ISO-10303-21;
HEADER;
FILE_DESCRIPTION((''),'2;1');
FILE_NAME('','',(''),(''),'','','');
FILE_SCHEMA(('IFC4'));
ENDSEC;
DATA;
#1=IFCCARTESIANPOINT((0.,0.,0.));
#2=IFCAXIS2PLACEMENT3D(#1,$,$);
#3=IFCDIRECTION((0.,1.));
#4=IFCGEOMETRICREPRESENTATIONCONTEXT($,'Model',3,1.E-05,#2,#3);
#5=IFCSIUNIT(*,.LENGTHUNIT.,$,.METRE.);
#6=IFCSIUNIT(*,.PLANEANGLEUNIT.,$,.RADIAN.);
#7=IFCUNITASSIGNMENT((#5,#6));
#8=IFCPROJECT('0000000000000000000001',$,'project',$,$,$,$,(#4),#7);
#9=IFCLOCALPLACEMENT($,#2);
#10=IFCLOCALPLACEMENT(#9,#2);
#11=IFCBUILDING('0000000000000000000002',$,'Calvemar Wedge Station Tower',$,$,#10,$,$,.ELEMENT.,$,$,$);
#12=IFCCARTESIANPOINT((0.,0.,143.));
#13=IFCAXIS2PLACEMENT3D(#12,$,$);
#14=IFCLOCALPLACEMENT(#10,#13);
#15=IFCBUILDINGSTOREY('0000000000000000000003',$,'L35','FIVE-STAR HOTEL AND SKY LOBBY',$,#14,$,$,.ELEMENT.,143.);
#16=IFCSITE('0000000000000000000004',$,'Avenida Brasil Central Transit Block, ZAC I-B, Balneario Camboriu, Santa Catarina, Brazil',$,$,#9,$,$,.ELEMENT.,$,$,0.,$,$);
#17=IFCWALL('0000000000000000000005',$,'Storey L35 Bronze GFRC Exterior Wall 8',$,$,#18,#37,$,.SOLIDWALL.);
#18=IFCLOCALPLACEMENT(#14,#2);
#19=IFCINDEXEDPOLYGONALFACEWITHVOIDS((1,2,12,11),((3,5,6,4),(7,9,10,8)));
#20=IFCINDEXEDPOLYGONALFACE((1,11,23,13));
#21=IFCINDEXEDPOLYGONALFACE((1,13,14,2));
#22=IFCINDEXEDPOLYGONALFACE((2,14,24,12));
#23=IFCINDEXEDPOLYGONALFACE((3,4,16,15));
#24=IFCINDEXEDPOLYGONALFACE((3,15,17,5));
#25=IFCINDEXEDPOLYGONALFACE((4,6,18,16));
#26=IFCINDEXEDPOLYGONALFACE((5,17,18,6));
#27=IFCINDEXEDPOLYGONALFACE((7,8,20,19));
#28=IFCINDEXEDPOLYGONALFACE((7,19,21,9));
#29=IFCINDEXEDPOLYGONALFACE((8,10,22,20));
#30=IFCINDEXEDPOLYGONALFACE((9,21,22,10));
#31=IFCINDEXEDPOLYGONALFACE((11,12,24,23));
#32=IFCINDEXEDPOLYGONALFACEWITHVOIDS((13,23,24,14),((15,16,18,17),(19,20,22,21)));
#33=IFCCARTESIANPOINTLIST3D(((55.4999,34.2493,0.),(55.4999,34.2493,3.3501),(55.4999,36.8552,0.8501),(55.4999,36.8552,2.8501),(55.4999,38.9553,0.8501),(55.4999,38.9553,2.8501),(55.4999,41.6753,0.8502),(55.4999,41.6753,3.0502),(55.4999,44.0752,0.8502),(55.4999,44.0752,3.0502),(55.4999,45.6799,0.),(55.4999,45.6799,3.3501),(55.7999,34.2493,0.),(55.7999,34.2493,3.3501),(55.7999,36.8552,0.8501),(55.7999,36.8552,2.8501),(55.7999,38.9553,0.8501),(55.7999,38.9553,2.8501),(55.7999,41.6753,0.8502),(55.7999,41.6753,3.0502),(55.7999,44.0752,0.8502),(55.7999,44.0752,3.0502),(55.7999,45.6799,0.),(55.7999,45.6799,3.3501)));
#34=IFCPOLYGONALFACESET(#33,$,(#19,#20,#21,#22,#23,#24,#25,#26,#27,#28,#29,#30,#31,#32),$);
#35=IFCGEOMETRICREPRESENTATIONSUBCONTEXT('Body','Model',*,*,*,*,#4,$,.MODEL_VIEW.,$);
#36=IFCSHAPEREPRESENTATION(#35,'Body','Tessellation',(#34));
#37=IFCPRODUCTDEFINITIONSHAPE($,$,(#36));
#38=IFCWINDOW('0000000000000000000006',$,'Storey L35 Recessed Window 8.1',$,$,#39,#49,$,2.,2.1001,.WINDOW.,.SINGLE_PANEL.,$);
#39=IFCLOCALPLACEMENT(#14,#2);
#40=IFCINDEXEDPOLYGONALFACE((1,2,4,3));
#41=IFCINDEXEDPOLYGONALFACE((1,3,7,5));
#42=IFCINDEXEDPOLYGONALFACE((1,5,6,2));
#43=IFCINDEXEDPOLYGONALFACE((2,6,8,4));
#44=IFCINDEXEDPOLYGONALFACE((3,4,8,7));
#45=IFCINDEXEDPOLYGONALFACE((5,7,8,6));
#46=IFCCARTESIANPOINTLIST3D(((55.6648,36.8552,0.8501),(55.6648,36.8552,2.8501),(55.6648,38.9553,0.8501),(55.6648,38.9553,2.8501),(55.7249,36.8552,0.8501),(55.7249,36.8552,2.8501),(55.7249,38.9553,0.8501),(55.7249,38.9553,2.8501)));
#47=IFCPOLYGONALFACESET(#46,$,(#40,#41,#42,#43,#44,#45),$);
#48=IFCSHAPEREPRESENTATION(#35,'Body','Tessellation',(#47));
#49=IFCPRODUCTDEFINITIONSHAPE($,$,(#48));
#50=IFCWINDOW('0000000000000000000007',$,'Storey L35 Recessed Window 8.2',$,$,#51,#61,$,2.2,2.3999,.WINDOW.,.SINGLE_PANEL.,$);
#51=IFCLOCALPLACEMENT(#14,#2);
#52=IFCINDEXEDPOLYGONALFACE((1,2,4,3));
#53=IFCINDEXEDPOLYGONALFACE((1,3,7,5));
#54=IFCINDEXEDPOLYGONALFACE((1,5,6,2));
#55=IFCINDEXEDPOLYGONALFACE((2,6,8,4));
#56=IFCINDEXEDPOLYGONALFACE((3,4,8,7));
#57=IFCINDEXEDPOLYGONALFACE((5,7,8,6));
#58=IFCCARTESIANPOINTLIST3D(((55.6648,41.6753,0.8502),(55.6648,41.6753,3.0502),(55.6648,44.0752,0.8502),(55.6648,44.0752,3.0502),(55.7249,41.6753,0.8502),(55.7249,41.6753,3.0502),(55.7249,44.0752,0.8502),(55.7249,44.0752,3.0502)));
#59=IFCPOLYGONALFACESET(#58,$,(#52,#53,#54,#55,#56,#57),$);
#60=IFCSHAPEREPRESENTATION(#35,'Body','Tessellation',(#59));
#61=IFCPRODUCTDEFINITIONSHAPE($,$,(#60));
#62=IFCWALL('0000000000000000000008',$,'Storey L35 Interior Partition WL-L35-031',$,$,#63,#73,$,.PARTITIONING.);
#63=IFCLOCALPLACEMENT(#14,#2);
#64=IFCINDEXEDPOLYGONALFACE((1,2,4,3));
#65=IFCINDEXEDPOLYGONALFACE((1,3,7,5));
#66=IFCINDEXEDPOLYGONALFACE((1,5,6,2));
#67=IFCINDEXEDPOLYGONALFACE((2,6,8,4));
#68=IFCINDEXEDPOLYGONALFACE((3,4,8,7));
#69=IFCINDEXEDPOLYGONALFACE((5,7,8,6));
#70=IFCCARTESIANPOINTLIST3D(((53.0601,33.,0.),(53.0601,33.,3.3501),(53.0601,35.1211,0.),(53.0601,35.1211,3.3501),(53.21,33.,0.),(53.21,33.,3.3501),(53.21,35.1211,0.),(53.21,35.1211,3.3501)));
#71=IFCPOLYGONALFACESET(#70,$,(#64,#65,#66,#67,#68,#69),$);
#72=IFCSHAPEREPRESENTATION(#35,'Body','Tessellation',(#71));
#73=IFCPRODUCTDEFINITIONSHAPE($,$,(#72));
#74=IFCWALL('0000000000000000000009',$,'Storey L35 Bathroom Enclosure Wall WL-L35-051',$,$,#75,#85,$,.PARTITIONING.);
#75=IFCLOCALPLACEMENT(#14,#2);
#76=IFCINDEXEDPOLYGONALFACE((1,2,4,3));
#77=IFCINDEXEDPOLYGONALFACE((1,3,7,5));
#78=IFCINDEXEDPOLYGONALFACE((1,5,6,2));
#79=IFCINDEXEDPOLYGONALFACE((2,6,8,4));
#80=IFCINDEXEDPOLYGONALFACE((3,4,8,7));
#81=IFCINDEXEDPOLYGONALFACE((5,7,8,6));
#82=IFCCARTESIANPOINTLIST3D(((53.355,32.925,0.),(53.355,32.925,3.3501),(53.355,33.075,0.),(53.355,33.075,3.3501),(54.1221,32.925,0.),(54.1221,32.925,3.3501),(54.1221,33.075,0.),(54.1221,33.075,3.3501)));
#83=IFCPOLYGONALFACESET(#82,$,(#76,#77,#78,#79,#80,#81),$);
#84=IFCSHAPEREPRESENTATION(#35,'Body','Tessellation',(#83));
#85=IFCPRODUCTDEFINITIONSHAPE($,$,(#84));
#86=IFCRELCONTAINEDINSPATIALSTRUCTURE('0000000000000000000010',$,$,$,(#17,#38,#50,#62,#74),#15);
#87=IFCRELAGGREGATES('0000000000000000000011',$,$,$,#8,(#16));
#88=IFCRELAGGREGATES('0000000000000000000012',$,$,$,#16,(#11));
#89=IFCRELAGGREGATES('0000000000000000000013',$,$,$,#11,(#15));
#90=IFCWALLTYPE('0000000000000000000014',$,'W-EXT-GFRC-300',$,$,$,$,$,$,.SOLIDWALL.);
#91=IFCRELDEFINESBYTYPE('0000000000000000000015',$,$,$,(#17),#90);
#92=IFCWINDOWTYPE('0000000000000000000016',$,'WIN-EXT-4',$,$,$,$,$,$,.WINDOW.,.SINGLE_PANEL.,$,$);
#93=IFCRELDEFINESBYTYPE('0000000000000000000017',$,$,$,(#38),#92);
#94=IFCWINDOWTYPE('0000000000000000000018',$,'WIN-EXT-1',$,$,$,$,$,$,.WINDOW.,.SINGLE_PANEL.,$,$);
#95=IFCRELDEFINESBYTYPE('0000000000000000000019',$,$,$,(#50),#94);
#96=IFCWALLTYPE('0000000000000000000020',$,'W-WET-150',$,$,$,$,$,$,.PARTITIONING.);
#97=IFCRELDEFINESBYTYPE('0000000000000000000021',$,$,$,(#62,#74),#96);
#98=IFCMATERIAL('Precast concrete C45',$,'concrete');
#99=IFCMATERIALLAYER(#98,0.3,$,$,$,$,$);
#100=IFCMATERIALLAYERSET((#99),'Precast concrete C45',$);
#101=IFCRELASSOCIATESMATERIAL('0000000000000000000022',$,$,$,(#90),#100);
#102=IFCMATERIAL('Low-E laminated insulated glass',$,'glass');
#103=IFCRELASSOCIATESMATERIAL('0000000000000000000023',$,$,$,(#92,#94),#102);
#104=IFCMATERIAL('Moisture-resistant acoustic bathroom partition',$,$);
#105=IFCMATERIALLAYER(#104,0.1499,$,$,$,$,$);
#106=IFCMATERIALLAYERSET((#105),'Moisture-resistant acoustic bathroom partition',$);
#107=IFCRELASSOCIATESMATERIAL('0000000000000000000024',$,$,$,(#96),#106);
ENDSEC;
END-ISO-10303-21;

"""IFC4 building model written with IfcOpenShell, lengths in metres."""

from ifc_helpers import new_model, si_unit, direction, frame, frame_2d, origin, place, context, subcontext, project, spatial, rectangle, extrude, source, transform, mapped, material, layer, layer_set, type_object, element, fill, save


model = new_model("IFC4")

# Units and contexts
model_context = context("Model", 3, precision=1e-05, world=origin(), true_north=direction((0.0, 1.0)))
body_context = subcontext(model_context, "Body", "Model", "MODEL_VIEW")
ifc_project = project(units=[si_unit("LENGTHUNIT", "METRE"), si_unit("PLANEANGLEUNIT", "RADIAN")], contexts=[model_context])

# Site, building, storey
site_placement = place(None, origin())
site = spatial("IfcSite", under=ifc_project, at=site_placement, Name="Avenida Brasil Central Transit Block, ZAC I-B, Balneario Camboriu, Santa Catarina, Brazil", CompositionType="ELEMENT", RefElevation=0.0)
building_placement = place(site_placement, origin())
building = spatial("IfcBuilding", under=site, at=building_placement, Name="Calvemar Wedge Station Tower", CompositionType="ELEMENT")
storey_placement = place(building_placement, frame((0.0, 0.0, 143.0)))
storey = spatial("IfcBuildingStorey", under=building, at=storey_placement, Name="L35", Description="FIVE-STAR HOTEL AND SKY LOBBY", CompositionType="ELEMENT", Elevation=143.0)

# Wall, openings, windows
ifc_material_1 = material(Name="Precast concrete C45", Category="concrete")
ifc_layer_1 = layer(ifc_material_1, 0.3)
ifc_layer_set_1 = layer_set([ifc_layer_1], Name="Precast concrete C45")
wall_type_1 = type_object("IfcWallType", Name="W-EXT-GFRC-300", PredefinedType="SOLIDWALL", material=ifc_layer_set_1)
wall_1_placement = place(storey_placement, frame((55.6499, 34.2493, 0.0), z_axis=(0.0, 0.0, 1.0), x_axis=(0.0, 1.0, 0.0)))
wall_1 = element("IfcWall", 1, at=wall_1_placement, inside=storey, type_object=wall_type_1, Name="Storey L35 Bronze GFRC Exterior Wall 8", PredefinedType="SOLIDWALL", context=body_context, shape_type="SweptSolid", body=[
    extrude(rectangle(XDim=11.4307, YDim=0.3, at=frame_2d((5.7153, 0.0))), origin(), (0.0, 0.0, 1.0), 3.3501),
])
shared_shape_1 = source(origin(), body_context, "Body", "SweptSolid", [
    extrude(rectangle(XDim=2.1001, YDim=2.0, at=frame_2d((1.05, 1.0))), frame((0.0, 0.1602, 0.0), z_axis=(0.0, -1.0, 0.0), x_axis=(1.0, 0.0, 0.0)), (0.0, 0.0, 1.0), 0.3201),
])
opening_1_placement = place(wall_1_placement, frame((2.606, 0.0, 0.8501)))
opening_1 = element("IfcOpeningElement", 2, at=opening_1_placement, cuts=wall_1, PredefinedType="OPENING", context=body_context, shape_type="MappedRepresentation", body=[
    mapped(shared_shape_1, transform((0.0, 0.0, 0.0), scale=1.0)),
])
shared_shape_2 = source(origin(), body_context, "Body", "SweptSolid", [
    extrude(rectangle(XDim=2.3999, YDim=2.2, at=frame_2d((1.2, 1.1001))), frame((0.0, 0.1602, 0.0), z_axis=(0.0, -1.0, 0.0), x_axis=(1.0, 0.0, 0.0)), (0.0, 0.0, 1.0), 0.3201),
])
opening_2_placement = place(wall_1_placement, frame((7.426, 0.0, 0.8501)))
opening_2 = element("IfcOpeningElement", 3, at=opening_2_placement, cuts=wall_1, PredefinedType="OPENING", context=body_context, shape_type="MappedRepresentation", body=[
    mapped(shared_shape_2, transform((0.0, 0.0, 0.0), scale=1.0)),
])
ifc_material_2 = material(Name="Low-E laminated insulated glass", Category="glass")
window_type_1 = type_object("IfcWindowType", Name="WIN-EXT-4", PartitioningType="SINGLE_PANEL", PredefinedType="WINDOW", material=ifc_material_2)
shared_shape_3 = source(origin(), body_context, "Body", "SweptSolid", [
    extrude(rectangle(XDim=2.1001, YDim=2.0, at=frame_2d((1.05, 1.0))), frame((0.0, -0.0149, 0.0), z_axis=(0.0, -1.0, 0.0), x_axis=(1.0, 0.0, 0.0)), (0.0, 0.0, 1.0), 0.0601),
])
window_1_placement = place(opening_1_placement, origin())
window_1 = element("IfcWindow", 4, at=window_1_placement, inside=storey, type_object=window_type_1, Name="Storey L35 Recessed Window 8.1", OverallHeight=2.0, OverallWidth=2.1001, PartitioningType="SINGLE_PANEL", PredefinedType="WINDOW", context=body_context, shape_type="MappedRepresentation", body=[
    mapped(shared_shape_3, transform((0.0, 0.0, 0.0), scale=1.0)),
])
fill(opening_1, window_1)
window_type_2 = type_object("IfcWindowType", Name="WIN-EXT-1", PartitioningType="SINGLE_PANEL", PredefinedType="WINDOW", material=ifc_material_2)
shared_shape_4 = source(origin(), body_context, "Body", "SweptSolid", [
    extrude(rectangle(XDim=2.3999, YDim=2.2, at=frame_2d((1.2, 1.1001))), frame((0.0, -0.0149, 0.0), z_axis=(0.0, -1.0, 0.0), x_axis=(1.0, 0.0, 0.0)), (0.0, 0.0, 1.0), 0.0601),
])
window_2_placement = place(opening_2_placement, origin())
window_2 = element("IfcWindow", 5, at=window_2_placement, inside=storey, type_object=window_type_2, Name="Storey L35 Recessed Window 8.2", OverallHeight=2.2, OverallWidth=2.3999, PartitioningType="SINGLE_PANEL", PredefinedType="WINDOW", context=body_context, shape_type="MappedRepresentation", body=[
    mapped(shared_shape_4, transform((0.0, 0.0, 0.0), scale=1.0)),
])
fill(opening_2, window_2)

# Shared definitions
ifc_material_3 = material(Name="Moisture-resistant acoustic bathroom partition")
ifc_layer_2 = layer(ifc_material_3, 0.1499)
ifc_layer_set_2 = layer_set([ifc_layer_2], Name="Moisture-resistant acoustic bathroom partition")
wall_type_2 = type_object("IfcWallType", Name="W-WET-150", PredefinedType="PARTITIONING", material=ifc_layer_set_2)

# Walls
wall_2_placement = place(storey_placement, frame((53.135, 33.0, 0.0), z_axis=(0.0, 0.0, 1.0), x_axis=(0.0, 1.0, 0.0)))
element("IfcWall", 6, at=wall_2_placement, inside=storey, type_object=wall_type_2, Name="Storey L35 Interior Partition WL-L35-031", PredefinedType="PARTITIONING", context=body_context, shape_type="SweptSolid", body=[
    extrude(rectangle(XDim=2.1211, YDim=0.1499, at=frame_2d((1.0605, 0.0))), origin(), (0.0, 0.0, 1.0), 3.3501),
])
wall_3_placement = place(storey_placement, frame((54.1221, 33.0, 0.0), z_axis=(0.0, 0.0, 1.0), x_axis=(-1.0, 0.0, 0.0)))
element("IfcWall", 7, at=wall_3_placement, inside=storey, type_object=wall_type_2, Name="Storey L35 Bathroom Enclosure Wall WL-L35-051", PredefinedType="PARTITIONING", context=body_context, shape_type="SweptSolid", body=[
    extrude(rectangle(XDim=0.7671, YDim=0.1499, at=frame_2d((0.3835, 0.0))), origin(), (0.0, 0.0, 1.0), 3.3501),
])

save(model, "model.ifc")
